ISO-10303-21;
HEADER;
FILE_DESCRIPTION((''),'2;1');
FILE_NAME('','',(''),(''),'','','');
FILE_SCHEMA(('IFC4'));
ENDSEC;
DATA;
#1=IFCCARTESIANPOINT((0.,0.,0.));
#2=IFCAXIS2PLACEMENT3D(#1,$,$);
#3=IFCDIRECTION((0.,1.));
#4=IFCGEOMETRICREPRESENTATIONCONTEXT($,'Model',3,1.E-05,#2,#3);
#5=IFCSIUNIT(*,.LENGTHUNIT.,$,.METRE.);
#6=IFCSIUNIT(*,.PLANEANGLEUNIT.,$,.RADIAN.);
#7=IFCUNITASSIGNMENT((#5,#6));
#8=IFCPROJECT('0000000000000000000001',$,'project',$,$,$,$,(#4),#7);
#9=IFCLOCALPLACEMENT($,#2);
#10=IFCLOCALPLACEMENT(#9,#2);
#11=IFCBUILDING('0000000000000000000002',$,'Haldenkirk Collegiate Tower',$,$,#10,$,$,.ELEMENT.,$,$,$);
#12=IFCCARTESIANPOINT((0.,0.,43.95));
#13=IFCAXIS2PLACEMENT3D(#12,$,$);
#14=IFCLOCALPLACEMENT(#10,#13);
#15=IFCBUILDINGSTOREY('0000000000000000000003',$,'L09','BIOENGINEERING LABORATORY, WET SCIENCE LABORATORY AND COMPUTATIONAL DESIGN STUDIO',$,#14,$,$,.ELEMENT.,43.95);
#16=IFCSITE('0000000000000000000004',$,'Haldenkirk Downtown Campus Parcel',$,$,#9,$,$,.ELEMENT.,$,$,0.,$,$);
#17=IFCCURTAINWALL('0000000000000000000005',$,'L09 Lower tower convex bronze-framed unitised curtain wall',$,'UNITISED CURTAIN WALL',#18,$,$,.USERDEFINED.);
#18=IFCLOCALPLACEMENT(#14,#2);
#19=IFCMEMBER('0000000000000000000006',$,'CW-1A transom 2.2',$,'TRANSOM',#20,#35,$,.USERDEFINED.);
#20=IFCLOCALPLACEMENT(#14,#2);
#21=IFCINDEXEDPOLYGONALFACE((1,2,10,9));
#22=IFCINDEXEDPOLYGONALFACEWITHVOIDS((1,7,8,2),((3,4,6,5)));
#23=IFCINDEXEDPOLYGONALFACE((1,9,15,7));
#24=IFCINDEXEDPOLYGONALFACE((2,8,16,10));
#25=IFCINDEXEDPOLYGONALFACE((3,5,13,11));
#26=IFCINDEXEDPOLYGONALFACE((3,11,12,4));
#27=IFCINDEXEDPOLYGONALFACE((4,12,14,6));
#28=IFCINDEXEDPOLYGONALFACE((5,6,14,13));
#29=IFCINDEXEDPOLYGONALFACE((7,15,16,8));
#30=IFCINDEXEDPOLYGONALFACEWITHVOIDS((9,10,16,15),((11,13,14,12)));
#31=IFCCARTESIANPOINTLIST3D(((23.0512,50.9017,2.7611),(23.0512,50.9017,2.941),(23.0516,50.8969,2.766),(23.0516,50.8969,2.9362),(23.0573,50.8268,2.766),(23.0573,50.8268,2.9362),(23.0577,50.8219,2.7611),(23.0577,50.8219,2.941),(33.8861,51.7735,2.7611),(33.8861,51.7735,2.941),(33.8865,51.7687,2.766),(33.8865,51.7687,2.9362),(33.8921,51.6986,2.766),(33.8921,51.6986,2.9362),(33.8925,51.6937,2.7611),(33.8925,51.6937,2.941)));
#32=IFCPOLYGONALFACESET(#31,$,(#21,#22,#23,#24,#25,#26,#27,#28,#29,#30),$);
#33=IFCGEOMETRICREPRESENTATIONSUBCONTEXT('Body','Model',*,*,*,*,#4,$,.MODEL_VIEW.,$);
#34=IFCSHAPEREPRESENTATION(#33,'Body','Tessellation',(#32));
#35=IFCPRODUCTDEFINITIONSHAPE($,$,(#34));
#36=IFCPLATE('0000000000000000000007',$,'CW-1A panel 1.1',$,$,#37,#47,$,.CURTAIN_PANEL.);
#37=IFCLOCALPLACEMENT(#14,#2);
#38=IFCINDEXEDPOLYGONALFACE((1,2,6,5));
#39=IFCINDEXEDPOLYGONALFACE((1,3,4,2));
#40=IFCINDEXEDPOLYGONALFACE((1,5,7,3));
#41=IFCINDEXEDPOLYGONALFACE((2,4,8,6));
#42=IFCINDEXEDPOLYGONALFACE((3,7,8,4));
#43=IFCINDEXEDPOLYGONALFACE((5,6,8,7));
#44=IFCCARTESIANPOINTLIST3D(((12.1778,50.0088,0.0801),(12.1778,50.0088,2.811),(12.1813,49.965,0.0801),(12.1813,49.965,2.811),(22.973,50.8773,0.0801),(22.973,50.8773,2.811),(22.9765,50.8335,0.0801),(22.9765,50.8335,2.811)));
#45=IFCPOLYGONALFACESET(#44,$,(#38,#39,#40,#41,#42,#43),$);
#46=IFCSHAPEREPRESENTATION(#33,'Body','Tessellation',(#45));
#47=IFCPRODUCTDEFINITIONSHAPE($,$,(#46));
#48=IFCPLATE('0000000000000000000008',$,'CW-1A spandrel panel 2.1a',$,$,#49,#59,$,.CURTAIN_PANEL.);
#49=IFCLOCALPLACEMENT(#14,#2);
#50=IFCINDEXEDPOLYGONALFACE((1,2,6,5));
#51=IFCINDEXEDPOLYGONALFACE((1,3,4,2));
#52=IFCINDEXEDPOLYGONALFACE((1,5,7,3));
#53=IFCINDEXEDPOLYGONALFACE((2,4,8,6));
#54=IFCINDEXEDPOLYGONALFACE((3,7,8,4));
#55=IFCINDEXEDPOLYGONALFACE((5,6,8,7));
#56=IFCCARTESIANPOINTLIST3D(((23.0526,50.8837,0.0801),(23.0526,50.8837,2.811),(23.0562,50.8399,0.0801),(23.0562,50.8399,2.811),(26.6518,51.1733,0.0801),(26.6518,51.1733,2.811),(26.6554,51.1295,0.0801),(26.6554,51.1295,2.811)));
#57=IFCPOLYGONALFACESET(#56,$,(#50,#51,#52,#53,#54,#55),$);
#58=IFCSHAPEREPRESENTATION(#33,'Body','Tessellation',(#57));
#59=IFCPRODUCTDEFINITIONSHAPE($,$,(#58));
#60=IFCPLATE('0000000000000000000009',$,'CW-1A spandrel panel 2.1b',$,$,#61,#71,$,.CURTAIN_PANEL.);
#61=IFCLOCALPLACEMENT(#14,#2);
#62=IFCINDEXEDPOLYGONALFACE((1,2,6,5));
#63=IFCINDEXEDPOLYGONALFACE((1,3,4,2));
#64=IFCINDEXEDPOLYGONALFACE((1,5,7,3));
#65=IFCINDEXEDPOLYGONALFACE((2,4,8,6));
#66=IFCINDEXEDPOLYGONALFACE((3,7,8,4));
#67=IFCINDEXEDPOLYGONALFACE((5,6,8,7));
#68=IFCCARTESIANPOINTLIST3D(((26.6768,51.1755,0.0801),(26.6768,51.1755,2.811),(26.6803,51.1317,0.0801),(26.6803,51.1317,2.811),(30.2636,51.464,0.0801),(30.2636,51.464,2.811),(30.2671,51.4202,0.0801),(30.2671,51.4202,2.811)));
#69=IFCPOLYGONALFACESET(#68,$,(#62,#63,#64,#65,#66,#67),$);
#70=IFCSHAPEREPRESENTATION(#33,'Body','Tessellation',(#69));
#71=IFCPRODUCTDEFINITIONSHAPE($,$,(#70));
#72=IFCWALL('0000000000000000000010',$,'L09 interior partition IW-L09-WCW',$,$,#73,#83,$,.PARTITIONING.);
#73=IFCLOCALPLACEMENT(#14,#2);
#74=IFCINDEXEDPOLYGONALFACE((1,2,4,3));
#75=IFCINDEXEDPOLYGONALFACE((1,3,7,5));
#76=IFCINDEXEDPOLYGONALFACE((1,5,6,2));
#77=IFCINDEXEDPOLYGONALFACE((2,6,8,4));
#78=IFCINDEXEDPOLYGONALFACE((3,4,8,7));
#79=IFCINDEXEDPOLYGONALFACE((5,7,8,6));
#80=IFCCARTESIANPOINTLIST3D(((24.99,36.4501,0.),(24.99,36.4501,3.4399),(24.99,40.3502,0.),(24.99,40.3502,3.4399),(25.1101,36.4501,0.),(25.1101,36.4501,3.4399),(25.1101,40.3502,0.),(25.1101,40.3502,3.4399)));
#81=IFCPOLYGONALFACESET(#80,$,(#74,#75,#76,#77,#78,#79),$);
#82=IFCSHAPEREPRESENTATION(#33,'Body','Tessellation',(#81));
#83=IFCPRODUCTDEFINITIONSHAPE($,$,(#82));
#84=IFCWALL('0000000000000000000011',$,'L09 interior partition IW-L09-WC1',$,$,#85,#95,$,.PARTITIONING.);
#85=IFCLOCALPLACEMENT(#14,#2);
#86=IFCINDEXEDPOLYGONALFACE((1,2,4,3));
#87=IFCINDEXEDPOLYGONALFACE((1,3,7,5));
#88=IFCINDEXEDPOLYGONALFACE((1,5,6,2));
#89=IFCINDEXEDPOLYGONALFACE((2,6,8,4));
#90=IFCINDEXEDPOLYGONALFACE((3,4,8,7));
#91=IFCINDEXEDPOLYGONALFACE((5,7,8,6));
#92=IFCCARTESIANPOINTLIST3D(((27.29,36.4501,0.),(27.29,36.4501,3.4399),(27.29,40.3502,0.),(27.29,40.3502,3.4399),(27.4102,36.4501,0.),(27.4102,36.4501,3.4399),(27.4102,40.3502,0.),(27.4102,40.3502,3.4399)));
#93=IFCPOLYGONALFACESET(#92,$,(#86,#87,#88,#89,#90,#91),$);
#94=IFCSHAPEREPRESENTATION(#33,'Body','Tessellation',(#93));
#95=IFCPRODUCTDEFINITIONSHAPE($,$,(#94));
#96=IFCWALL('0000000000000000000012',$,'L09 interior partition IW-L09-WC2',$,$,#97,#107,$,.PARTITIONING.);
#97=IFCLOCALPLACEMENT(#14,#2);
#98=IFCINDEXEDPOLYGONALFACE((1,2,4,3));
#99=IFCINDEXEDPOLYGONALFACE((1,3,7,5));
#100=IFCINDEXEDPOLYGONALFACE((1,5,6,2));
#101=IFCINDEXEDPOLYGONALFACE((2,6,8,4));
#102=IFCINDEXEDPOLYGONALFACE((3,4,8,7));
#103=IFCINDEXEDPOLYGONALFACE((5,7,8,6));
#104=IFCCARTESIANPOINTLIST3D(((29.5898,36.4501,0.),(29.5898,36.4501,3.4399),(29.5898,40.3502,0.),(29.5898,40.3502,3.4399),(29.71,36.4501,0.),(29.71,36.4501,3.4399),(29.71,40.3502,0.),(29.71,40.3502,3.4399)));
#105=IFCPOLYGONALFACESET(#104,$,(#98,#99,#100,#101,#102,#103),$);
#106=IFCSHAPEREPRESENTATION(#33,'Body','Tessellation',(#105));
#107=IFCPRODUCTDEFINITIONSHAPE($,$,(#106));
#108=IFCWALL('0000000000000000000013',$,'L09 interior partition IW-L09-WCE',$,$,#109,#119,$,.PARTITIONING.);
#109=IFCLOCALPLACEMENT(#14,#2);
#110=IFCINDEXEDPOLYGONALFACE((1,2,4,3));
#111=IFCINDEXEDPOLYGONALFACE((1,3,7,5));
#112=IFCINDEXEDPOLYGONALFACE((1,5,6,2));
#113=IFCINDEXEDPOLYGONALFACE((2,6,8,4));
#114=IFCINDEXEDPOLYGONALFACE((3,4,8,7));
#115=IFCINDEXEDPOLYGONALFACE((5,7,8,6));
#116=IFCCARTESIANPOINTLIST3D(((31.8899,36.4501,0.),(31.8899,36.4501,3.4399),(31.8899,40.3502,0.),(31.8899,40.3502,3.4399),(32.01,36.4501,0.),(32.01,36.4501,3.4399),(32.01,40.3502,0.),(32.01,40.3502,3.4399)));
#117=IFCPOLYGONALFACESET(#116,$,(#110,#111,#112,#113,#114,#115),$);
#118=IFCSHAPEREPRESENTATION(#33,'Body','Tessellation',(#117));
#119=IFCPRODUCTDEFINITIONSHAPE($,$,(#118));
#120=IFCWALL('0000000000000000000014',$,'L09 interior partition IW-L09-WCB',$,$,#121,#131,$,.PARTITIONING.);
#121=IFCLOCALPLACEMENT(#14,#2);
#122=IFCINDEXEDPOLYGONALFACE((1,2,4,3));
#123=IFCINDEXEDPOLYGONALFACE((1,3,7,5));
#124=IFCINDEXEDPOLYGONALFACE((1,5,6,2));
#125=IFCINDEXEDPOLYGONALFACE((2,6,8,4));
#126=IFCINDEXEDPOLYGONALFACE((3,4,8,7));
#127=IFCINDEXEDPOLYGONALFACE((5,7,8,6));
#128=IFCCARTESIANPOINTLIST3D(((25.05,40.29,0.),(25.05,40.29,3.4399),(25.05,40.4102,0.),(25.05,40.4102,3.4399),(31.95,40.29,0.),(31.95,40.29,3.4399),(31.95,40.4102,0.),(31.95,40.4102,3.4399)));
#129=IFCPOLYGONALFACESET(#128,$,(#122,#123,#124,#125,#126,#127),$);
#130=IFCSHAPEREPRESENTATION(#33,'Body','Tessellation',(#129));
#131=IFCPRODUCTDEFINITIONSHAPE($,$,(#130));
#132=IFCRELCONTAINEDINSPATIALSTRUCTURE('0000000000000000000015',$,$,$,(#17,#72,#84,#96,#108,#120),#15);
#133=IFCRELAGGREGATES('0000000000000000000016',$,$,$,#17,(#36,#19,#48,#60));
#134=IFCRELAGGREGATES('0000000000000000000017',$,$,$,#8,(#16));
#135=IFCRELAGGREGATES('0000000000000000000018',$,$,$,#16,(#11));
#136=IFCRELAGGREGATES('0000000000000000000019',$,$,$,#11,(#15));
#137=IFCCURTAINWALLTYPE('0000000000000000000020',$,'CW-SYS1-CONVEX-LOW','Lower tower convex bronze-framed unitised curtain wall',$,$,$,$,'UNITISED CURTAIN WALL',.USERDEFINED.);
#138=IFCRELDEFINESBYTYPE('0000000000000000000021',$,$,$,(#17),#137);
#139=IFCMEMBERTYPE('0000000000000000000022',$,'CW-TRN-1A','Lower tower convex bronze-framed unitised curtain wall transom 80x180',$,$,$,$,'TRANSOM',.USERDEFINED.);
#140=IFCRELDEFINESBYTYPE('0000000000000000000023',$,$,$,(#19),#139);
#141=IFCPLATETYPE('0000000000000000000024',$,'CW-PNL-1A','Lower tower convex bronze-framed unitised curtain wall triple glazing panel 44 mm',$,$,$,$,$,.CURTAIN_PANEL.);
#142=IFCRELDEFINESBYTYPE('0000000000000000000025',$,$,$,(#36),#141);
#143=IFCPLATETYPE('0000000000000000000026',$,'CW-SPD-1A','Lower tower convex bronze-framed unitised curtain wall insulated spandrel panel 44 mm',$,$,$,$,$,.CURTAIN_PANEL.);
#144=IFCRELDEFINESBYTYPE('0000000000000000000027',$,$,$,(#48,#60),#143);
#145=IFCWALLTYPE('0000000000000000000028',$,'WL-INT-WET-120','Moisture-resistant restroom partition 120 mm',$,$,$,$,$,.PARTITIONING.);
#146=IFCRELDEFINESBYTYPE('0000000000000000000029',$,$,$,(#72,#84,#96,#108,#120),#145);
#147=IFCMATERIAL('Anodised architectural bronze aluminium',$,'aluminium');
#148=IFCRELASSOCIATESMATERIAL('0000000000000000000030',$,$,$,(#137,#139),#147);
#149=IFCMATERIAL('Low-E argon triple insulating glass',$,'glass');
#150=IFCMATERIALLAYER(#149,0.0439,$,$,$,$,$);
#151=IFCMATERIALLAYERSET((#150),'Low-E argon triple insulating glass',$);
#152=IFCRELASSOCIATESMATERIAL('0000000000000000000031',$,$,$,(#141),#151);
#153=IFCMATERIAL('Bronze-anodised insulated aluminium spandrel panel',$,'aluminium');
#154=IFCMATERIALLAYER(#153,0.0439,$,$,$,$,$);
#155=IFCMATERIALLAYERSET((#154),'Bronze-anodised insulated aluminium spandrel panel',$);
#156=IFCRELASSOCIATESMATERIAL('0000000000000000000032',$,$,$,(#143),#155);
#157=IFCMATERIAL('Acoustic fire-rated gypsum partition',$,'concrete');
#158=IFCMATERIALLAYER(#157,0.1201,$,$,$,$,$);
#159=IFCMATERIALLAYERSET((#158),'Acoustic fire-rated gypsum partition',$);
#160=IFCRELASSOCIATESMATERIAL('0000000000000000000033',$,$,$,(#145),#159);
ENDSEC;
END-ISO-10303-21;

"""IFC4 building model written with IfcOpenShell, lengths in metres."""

from ifc_helpers import new_model, si_unit, direction, frame, frame_2d, origin, origin_2d, place, context, subcontext, project, spatial, rectangle, hollow_rectangle, extrude, source, transform, mapped, material, layer, layer_set, material_profile, profile_set, type_object, element, aggregate, save


model = new_model("IFC4")

# Units and contexts
model_context = context("Model", 3, precision=1e-05, world=origin(), true_north=direction((0.0, 1.0)))
body_context = subcontext(model_context, "Body", "Model", "MODEL_VIEW")
ifc_project = project(units=[si_unit("LENGTHUNIT", "METRE"), si_unit("PLANEANGLEUNIT", "RADIAN")], contexts=[model_context])

# Site, building, storey
site_placement = place(None, origin())
site = spatial("IfcSite", under=ifc_project, at=site_placement, Name="Haldenkirk Downtown Campus Parcel", CompositionType="ELEMENT", RefElevation=0.0)
building_placement = place(site_placement, origin())
building = spatial("IfcBuilding", under=site, at=building_placement, Name="Haldenkirk Collegiate Tower", CompositionType="ELEMENT")
storey_placement = place(building_placement, frame((0.0, 0.0, 43.95)))
storey = spatial("IfcBuildingStorey", under=building, at=storey_placement, Name="L09", Description="BIOENGINEERING LABORATORY, WET SCIENCE LABORATORY AND COMPUTATIONAL DESIGN STUDIO", CompositionType="ELEMENT", Elevation=43.95)

# Curtain wall, member, plates
ifc_material_1 = material(Name="Anodised architectural bronze aluminium", Category="aluminium")
curtain_wall_type = type_object("IfcCurtainWallType", Name="CW-SYS1-CONVEX-LOW", Description="Lower tower convex bronze-framed unitised curtain wall", ElementType="UNITISED CURTAIN WALL", PredefinedType="USERDEFINED", material=ifc_material_1)
curtain_wall_placement = place(storey_placement, origin())
curtain_wall = element("IfcCurtainWall", 1, at=curtain_wall_placement, inside=storey, type_object=curtain_wall_type, Name="L09 Lower tower convex bronze-framed unitised curtain wall", ObjectType="UNITISED CURTAIN WALL", PredefinedType="USERDEFINED")
ifc_material_profile_1 = material_profile(ifc_material_1, hollow_rectangle(XDim=0.0801, YDim=0.1799, WallThickness=0.0049, at=origin_2d()), Name="CW-TRN-1A")
ifc_profile_set_1 = profile_set([ifc_material_profile_1], Name="Anodised architectural bronze aluminium")
member_type_1 = type_object("IfcMemberType", Name="CW-TRN-1A", Description="Lower tower convex bronze-framed unitised curtain wall transom 80x180", ElementType="TRANSOM", PredefinedType="USERDEFINED", material=ifc_profile_set_1)
member_1_placement = place(storey_placement, frame((23.0544, 50.8618, 2.8511), z_axis=(0.996778, 0.080205, 0.0), x_axis=(-0.080205, 0.996778, 0.0)))
member_1 = element("IfcMember", 2, at=member_1_placement, type_object=member_type_1, Name="CW-1A transom 2.2", ObjectType="TRANSOM", PredefinedType="USERDEFINED", context=body_context, shape_type="SweptSolid", body=[
    extrude(hollow_rectangle(XDim=0.0801, YDim=0.1799, WallThickness=0.0049, at=origin_2d()), origin(), (0.0, 0.0, 1.0), 10.8699),
])
ifc_material_2 = material(Name="Low-E argon triple insulating glass", Category="glass")
ifc_layer_1 = layer(ifc_material_2, 0.0439)
ifc_layer_set_1 = layer_set([ifc_layer_1], Name="Low-E argon triple insulating glass")
plate_type_1 = type_object("IfcPlateType", Name="CW-PNL-1A", Description="Lower tower convex bronze-framed unitised curtain wall triple glazing panel 44 mm", PredefinedType="CURTAIN_PANEL", material=ifc_layer_set_1)
shared_shape_1 = source(origin(), body_context, "Body", "SweptSolid", [
    extrude(rectangle(XDim=10.8301, YDim=0.0439, at=origin_2d()), origin(), (0.0, 0.0, 1.0), 2.731),
])
plate_1_placement = place(storey_placement, frame((17.5771, 50.4211, 0.0801), z_axis=(0.0, 0.0, 1.0), x_axis=(0.996779, 0.080199, 0.0)))
plate_1 = element("IfcPlate", 3, at=plate_1_placement, type_object=plate_type_1, Name="CW-1A panel 1.1", PredefinedType="CURTAIN_PANEL", context=body_context, shape_type="MappedRepresentation", body=[
    mapped(shared_shape_1, transform((0.0, 0.0, 0.0), x_axis=(1.0, 0.0, 0.0), y_axis=(0.0, 1.0, 0.0), z_axis=(0.0, 0.0, 1.0), scale=1.0)),
])
ifc_material_3 = material(Name="Bronze-anodised insulated aluminium spandrel panel", Category="aluminium")
ifc_layer_2 = layer(ifc_material_3, 0.0439)
ifc_layer_set_2 = layer_set([ifc_layer_2], Name="Bronze-anodised insulated aluminium spandrel panel")
plate_type_2 = type_object("IfcPlateType", Name="CW-SPD-1A", Description="Lower tower convex bronze-framed unitised curtain wall insulated spandrel panel 44 mm", PredefinedType="CURTAIN_PANEL", material=ifc_layer_set_2)
shared_shape_2 = source(origin(), body_context, "Body", "SweptSolid", [
    extrude(rectangle(XDim=3.6108, YDim=0.0439, at=origin_2d()), origin(), (0.0, 0.0, 1.0), 2.731),
])
plate_2_placement = place(storey_placement, frame((24.854, 51.0066, 0.0801), z_axis=(0.0, 0.0, 1.0), x_axis=(0.996779, 0.080199, 0.0)))
plate_2 = element("IfcPlate", 4, at=plate_2_placement, type_object=plate_type_2, Name="CW-1A spandrel panel 2.1a", PredefinedType="CURTAIN_PANEL", context=body_context, shape_type="MappedRepresentation", body=[
    mapped(shared_shape_2, transform((0.0, 0.0, 0.0), x_axis=(1.0, 0.0, 0.0), y_axis=(0.0, 1.0, 0.0), z_axis=(0.0, 0.0, 1.0), scale=1.0)),
])
shared_shape_3 = source(origin(), body_context, "Body", "SweptSolid", [
    extrude(rectangle(XDim=3.5984, YDim=0.0439, at=origin_2d()), origin(), (0.0, 0.0, 1.0), 2.731),
])
plate_3_placement = place(storey_placement, frame((28.4719, 51.2979, 0.0801), z_axis=(0.0, 0.0, 1.0), x_axis=(0.996779, 0.080199, 0.0)))
plate_3 = element("IfcPlate", 5, at=plate_3_placement, type_object=plate_type_2, Name="CW-1A spandrel panel 2.1b", PredefinedType="CURTAIN_PANEL", context=body_context, shape_type="MappedRepresentation", body=[
    mapped(shared_shape_3, transform((0.0, 0.0, 0.0), x_axis=(1.0, 0.0, 0.0), y_axis=(0.0, 1.0, 0.0), z_axis=(0.0, 0.0, 1.0), scale=1.0)),
])
aggregate(curtain_wall, [plate_1, member_1, plate_2, plate_3])

# Shared definitions
ifc_material_4 = material(Name="Acoustic fire-rated gypsum partition", Category="concrete")

# Walls
ifc_layer_3 = layer(ifc_material_4, 0.1201)
ifc_layer_set_3 = layer_set([ifc_layer_3], Name="Acoustic fire-rated gypsum partition")
wall_type_1 = type_object("IfcWallType", Name="WL-INT-WET-120", Description="Moisture-resistant restroom partition 120 mm", PredefinedType="PARTITIONING", material=ifc_layer_set_3)
for number, where, z_axis, x_axis, name in (
    (6, (25.05, 36.45, 0.0), (0.0, 0.0, 1.0), (0.0, 1.0, 0.0), "L09 interior partition IW-L09-WCW"),
    (7, (27.3501, 36.45, 0.0), (0.0, 0.0, 1.0), (0.0, 1.0, 0.0), "L09 interior partition IW-L09-WC1"),
    (8, (29.6499, 36.45, 0.0), (0.0, 0.0, 1.0), (0.0, 1.0, 0.0), "L09 interior partition IW-L09-WC2"),
    (9, (31.95, 36.45, 0.0), (0.0, 0.0, 1.0), (0.0, 1.0, 0.0), "L09 interior partition IW-L09-WCE"),
):
    element("IfcWall", number, at=place(storey_placement, frame(where, z_axis=z_axis, x_axis=x_axis)), inside=storey, type_object=wall_type_1, Name=name, PredefinedType="PARTITIONING", context=body_context, shape_type="SweptSolid", body=[
        extrude(rectangle(XDim=3.9001, YDim=0.1201, at=frame_2d((1.9502, 0.0))), origin(), (0.0, 0.0, 1.0), 3.4399),
    ])
wall_1_placement = place(storey_placement, frame((25.05, 40.3501, 0.0), z_axis=(0.0, 0.0, 1.0), x_axis=(1.0, 0.0, 0.0)))
element("IfcWall", 10, at=wall_1_placement, inside=storey, type_object=wall_type_1, Name="L09 interior partition IW-L09-WCB", PredefinedType="PARTITIONING", context=body_context, shape_type="SweptSolid", body=[
    extrude(rectangle(XDim=6.8999, YDim=0.1201, at=frame_2d((3.45, 0.0))), origin(), (0.0, 0.0, 1.0), 3.4399),
])

save(model, "model.ifc")
